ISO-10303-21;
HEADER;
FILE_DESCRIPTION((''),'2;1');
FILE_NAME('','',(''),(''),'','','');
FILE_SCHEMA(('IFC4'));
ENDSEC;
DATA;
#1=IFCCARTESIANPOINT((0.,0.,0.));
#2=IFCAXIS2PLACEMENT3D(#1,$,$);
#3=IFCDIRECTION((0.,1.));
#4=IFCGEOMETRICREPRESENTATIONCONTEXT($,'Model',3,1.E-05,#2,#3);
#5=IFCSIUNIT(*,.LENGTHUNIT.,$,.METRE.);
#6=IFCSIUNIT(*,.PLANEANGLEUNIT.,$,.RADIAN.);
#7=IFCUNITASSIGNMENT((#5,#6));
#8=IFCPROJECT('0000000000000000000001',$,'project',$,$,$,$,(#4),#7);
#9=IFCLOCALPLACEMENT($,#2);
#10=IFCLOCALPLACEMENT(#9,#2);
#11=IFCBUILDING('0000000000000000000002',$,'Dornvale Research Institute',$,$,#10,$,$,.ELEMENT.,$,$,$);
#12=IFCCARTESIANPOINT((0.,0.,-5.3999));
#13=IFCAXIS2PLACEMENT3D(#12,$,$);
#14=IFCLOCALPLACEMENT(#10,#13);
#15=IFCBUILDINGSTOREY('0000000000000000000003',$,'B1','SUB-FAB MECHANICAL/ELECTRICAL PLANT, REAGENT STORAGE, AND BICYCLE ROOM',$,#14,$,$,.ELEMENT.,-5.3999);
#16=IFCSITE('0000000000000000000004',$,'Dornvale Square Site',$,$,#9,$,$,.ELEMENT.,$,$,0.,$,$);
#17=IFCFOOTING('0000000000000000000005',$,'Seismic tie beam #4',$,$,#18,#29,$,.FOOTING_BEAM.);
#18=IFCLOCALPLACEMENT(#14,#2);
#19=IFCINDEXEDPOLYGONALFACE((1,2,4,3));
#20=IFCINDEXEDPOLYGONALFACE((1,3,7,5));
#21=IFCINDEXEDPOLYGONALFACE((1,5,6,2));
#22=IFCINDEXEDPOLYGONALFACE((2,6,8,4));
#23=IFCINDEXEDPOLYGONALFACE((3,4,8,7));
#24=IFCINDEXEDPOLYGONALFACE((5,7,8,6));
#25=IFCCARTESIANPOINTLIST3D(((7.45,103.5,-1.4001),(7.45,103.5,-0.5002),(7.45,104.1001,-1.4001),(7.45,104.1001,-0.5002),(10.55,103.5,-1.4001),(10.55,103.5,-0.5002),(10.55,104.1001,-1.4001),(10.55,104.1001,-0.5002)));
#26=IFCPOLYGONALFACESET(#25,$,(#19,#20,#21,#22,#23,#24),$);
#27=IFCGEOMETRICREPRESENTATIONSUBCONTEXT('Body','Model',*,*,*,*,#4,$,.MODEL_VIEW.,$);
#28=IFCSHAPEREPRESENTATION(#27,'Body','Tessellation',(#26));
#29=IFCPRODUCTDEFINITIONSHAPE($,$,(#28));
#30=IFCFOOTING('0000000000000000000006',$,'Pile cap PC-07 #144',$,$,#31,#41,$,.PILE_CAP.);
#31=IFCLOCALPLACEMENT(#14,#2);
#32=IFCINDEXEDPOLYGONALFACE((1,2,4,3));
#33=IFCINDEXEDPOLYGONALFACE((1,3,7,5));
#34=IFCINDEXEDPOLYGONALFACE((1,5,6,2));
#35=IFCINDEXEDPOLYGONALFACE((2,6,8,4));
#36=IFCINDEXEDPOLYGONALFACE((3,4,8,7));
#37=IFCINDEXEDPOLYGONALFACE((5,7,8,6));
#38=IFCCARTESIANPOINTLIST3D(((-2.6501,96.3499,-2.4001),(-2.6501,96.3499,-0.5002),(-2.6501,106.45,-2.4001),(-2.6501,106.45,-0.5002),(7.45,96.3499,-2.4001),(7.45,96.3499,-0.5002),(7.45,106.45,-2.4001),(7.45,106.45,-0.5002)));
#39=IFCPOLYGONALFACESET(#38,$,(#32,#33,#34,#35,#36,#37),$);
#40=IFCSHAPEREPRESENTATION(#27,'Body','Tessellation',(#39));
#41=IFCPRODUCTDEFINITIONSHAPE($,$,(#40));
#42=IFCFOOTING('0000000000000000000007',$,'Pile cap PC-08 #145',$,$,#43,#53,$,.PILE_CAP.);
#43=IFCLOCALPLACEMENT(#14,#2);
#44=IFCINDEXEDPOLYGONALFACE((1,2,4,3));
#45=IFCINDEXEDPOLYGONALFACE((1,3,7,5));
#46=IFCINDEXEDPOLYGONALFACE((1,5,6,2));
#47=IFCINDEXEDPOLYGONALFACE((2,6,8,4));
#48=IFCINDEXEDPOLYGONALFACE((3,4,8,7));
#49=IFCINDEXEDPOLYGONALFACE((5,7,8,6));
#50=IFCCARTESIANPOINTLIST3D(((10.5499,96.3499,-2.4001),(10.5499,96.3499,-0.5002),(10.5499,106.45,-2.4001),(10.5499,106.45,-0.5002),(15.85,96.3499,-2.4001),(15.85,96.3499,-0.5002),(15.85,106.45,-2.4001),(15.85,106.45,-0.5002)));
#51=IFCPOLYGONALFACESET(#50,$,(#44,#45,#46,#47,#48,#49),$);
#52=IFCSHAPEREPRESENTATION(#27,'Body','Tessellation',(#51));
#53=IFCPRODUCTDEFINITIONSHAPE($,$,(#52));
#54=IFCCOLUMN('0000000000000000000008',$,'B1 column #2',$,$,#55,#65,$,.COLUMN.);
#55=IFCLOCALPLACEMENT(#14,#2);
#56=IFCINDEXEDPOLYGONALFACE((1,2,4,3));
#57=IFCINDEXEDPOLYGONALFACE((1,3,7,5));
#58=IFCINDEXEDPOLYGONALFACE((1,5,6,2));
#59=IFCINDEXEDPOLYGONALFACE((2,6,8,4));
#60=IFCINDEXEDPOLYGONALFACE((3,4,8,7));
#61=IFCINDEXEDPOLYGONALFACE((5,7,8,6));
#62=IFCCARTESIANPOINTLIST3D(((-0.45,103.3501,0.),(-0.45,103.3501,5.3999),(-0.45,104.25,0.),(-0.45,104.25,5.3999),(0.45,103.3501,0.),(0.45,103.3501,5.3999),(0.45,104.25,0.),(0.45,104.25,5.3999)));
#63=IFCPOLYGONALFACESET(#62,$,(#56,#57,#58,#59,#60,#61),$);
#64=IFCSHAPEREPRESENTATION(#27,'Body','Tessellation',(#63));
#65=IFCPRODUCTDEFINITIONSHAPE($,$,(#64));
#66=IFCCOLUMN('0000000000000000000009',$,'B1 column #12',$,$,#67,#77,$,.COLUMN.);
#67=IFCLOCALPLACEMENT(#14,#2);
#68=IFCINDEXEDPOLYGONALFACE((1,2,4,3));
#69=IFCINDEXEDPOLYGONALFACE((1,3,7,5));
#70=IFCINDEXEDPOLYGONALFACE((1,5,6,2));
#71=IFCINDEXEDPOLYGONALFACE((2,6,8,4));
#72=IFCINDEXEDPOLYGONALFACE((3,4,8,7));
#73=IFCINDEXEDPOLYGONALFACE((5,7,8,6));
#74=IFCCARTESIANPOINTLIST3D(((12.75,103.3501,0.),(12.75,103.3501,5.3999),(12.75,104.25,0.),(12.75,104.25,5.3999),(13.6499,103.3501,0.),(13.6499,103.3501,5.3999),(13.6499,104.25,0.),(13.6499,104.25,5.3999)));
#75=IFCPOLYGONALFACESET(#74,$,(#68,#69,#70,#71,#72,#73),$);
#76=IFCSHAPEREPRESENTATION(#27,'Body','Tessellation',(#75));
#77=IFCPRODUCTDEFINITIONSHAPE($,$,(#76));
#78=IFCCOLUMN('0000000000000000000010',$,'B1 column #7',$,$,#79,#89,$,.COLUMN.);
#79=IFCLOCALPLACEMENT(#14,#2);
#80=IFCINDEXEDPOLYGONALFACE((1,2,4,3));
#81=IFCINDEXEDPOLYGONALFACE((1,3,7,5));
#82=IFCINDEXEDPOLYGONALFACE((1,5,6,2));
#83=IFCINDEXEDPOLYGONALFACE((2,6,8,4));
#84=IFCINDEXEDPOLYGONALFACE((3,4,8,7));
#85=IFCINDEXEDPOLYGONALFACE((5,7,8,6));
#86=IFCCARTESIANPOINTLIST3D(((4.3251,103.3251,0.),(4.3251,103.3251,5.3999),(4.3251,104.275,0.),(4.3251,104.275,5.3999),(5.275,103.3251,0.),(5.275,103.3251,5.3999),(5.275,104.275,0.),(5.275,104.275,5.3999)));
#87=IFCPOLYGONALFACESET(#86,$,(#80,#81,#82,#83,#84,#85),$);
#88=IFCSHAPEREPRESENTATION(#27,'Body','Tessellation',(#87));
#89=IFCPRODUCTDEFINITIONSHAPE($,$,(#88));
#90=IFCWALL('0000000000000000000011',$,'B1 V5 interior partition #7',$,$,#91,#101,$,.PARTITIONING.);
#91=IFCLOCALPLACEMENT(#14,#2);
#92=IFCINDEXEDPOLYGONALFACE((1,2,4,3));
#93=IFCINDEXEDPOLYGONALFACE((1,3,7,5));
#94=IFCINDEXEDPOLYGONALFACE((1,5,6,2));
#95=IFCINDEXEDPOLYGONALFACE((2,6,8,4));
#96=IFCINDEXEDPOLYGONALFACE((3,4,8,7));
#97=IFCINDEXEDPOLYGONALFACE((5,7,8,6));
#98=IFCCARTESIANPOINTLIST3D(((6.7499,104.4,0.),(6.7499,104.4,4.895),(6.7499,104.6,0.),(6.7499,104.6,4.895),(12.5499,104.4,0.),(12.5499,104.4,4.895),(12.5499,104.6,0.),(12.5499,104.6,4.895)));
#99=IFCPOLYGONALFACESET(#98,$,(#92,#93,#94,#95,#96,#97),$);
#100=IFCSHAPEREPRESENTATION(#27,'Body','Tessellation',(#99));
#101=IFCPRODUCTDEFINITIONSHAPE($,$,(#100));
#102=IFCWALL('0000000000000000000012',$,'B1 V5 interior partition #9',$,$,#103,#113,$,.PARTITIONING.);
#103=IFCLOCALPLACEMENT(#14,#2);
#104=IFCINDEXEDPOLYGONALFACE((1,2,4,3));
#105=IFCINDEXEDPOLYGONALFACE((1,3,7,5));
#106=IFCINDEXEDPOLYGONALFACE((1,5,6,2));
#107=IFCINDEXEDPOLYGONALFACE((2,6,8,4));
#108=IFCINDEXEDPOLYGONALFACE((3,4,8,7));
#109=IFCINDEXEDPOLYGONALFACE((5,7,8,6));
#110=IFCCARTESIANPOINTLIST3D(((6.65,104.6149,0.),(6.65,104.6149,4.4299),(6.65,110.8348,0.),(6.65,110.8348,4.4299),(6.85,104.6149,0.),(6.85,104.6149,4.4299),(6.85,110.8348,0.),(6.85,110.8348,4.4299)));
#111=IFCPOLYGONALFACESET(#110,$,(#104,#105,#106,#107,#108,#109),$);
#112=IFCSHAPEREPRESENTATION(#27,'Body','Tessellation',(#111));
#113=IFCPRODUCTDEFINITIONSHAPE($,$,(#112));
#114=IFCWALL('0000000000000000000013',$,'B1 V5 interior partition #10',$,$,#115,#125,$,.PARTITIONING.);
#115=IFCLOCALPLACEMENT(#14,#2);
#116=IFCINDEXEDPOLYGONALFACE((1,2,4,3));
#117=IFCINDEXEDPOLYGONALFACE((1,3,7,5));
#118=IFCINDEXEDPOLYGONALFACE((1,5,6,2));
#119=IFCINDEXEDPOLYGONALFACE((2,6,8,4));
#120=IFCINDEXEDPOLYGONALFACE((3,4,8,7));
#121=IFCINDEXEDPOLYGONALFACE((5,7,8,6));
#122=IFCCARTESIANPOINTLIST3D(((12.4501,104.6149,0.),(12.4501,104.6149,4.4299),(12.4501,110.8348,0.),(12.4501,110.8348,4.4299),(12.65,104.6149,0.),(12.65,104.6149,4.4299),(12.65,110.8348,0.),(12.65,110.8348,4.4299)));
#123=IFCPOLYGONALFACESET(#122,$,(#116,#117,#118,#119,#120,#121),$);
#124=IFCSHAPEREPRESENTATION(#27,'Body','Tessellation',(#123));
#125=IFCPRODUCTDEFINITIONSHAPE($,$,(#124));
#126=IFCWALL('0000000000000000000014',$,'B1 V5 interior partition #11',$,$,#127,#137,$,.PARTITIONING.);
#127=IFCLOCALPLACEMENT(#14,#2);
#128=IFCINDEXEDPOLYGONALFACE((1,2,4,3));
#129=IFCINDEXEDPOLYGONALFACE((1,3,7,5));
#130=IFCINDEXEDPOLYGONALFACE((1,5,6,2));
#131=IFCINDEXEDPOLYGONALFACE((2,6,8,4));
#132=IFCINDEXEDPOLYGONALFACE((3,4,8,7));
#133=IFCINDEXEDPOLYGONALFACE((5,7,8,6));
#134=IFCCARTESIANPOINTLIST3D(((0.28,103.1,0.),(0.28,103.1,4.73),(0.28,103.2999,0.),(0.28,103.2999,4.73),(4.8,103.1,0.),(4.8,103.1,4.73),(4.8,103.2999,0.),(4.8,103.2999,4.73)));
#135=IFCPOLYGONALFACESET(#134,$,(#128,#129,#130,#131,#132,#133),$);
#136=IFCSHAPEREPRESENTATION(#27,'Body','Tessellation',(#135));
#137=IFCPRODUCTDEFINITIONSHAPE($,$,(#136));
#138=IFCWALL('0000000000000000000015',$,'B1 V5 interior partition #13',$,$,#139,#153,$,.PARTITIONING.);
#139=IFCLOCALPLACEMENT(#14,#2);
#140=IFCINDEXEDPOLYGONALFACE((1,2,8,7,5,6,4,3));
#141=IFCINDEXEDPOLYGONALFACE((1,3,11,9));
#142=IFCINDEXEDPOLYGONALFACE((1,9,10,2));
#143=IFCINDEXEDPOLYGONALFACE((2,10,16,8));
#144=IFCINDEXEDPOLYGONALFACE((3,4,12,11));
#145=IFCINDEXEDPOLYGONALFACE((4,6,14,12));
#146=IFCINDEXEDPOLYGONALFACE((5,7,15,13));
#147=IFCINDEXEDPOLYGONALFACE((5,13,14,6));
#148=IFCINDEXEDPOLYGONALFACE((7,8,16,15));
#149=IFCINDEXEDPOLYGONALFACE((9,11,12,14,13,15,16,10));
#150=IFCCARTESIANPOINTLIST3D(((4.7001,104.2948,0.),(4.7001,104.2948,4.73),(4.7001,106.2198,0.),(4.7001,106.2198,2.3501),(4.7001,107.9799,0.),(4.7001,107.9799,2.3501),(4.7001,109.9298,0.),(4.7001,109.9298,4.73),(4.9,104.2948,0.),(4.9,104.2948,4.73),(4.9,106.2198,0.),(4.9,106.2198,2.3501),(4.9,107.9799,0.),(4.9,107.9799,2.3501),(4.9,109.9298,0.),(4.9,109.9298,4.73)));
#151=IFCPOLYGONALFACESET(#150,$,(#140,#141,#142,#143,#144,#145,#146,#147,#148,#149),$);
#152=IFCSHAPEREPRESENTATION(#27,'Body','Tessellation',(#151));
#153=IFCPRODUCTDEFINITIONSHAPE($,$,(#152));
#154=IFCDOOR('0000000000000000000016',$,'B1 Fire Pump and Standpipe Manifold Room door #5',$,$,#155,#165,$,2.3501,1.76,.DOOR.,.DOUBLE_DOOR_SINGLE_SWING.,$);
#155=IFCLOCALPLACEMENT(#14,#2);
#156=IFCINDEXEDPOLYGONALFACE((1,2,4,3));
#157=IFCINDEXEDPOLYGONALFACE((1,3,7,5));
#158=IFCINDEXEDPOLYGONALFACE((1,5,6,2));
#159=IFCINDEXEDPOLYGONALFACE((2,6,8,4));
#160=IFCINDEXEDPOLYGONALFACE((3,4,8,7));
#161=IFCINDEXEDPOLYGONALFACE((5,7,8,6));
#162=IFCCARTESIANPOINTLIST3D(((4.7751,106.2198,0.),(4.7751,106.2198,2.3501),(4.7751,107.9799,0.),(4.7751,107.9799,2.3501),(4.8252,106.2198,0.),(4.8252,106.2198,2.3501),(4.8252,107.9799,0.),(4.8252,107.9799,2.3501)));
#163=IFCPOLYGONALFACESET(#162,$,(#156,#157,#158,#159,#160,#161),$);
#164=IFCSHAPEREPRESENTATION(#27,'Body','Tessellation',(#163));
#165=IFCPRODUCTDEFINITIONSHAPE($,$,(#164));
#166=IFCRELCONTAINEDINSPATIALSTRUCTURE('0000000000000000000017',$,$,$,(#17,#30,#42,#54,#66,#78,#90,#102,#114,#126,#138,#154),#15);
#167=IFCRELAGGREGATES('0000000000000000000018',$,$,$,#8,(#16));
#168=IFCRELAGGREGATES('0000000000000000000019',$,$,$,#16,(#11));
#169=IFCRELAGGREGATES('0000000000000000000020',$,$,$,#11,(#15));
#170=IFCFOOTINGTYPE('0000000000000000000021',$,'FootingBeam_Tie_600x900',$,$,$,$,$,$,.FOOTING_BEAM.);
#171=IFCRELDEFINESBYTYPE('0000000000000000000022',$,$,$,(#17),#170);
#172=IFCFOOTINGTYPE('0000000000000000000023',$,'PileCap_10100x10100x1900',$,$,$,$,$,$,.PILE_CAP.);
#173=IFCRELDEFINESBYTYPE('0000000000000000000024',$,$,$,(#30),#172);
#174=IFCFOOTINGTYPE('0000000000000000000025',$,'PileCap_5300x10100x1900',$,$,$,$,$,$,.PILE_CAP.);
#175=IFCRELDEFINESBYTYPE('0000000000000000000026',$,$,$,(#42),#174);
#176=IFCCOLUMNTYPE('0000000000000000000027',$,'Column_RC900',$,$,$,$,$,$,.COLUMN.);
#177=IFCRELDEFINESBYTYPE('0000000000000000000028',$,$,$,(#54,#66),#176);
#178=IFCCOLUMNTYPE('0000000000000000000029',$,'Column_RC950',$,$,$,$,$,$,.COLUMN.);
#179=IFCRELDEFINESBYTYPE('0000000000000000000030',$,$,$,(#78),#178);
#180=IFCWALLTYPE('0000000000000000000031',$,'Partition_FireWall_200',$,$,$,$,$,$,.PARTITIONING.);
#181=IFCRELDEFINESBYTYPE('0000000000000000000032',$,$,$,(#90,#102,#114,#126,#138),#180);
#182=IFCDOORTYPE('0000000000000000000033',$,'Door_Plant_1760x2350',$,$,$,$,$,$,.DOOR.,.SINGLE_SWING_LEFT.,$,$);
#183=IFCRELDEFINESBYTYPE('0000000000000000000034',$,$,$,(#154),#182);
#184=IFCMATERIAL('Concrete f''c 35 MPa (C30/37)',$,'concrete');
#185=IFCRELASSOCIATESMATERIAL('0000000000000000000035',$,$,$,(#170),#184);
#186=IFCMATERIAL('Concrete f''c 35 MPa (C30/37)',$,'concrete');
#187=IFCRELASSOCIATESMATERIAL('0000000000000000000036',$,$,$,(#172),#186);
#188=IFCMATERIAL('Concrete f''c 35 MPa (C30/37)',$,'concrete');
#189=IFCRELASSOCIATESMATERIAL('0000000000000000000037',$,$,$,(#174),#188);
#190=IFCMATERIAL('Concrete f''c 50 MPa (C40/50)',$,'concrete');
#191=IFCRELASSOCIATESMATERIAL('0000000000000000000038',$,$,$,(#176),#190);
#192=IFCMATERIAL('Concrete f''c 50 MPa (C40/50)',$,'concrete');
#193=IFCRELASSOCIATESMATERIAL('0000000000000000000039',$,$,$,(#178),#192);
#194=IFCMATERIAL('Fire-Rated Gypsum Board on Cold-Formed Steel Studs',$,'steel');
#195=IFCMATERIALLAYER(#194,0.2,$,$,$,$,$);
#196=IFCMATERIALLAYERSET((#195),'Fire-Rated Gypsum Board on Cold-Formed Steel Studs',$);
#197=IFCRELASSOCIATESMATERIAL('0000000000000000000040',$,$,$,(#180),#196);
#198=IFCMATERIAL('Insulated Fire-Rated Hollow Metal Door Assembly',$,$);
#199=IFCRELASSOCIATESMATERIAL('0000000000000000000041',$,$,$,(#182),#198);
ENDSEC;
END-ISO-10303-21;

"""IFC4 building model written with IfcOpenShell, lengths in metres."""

from ifc_helpers import new_model, si_unit, direction, frame, frame_2d, origin, origin_2d, place, context, subcontext, project, spatial, rectangle, extrude, material, layer, layer_set, material_profile, profile_set, type_object, element, fill, save


model = new_model("IFC4")

# Units and contexts
model_context = context("Model", 3, precision=1e-05, world=origin(), true_north=direction((0.0, 1.0)))
body_context = subcontext(model_context, "Body", "Model", "MODEL_VIEW")
ifc_project = project(units=[si_unit("LENGTHUNIT", "METRE"), si_unit("PLANEANGLEUNIT", "RADIAN")], contexts=[model_context])

# Site, building, storey
site_placement = place(None, origin())
site = spatial("IfcSite", under=ifc_project, at=site_placement, Name="Dornvale Square Site", CompositionType="ELEMENT", RefElevation=0.0)
building_placement = place(site_placement, origin())
building = spatial("IfcBuilding", under=site, at=building_placement, Name="Dornvale Research Institute", CompositionType="ELEMENT")
storey_placement = place(building_placement, frame((0.0, 0.0, -5.3999)))
storey = spatial("IfcBuildingStorey", under=building, at=storey_placement, Name="B1", Description="SUB-FAB MECHANICAL/ELECTRICAL PLANT, REAGENT STORAGE, AND BICYCLE ROOM", CompositionType="ELEMENT", Elevation=-5.3999)

# Footings
ifc_material_1 = material(Name="Concrete f'c 35 MPa (C30/37)", Category="concrete")
footing_type_1 = type_object("IfcFootingType", Name="FootingBeam_Tie_600x900", PredefinedType="FOOTING_BEAM", material=ifc_material_1)
footing_1_placement = place(storey_placement, frame((9.0, 103.8, -1.4001), z_axis=(0.0, 0.0, 1.0), x_axis=(1.0, 0.0, 0.0)))
element("IfcFooting", 1, at=footing_1_placement, inside=storey, type_object=footing_type_1, Name="Seismic tie beam #4", PredefinedType="FOOTING_BEAM", context=body_context, shape_type="SweptSolid", body=[
    extrude(rectangle(XDim=3.1001, YDim=0.6001, at=origin_2d()), origin(), (0.0, 0.0, 1.0), 0.8999),
])
ifc_material_2 = material(Name="Concrete f'c 35 MPa (C30/37)", Category="concrete")
footing_type_2 = type_object("IfcFootingType", Name="PileCap_10100x10100x1900", PredefinedType="PILE_CAP", material=ifc_material_2)
footing_2_placement = place(storey_placement, frame((2.3999, 101.3999, -2.4001), z_axis=(0.0, 0.0, 1.0), x_axis=(1.0, 0.0, 0.0)))
element("IfcFooting", 2, at=footing_2_placement, inside=storey, type_object=footing_type_2, Name="Pile cap PC-07 #144", PredefinedType="PILE_CAP", context=body_context, shape_type="SweptSolid", body=[
    extrude(rectangle(XDim=10.1001, YDim=10.1001, at=origin_2d()), origin(), (0.0, 0.0, 1.0), 1.8999),
])
ifc_material_3 = material(Name="Concrete f'c 35 MPa (C30/37)", Category="concrete")
footing_type_3 = type_object("IfcFootingType", Name="PileCap_5300x10100x1900", PredefinedType="PILE_CAP", material=ifc_material_3)
footing_3_placement = place(storey_placement, frame((13.2, 101.3999, -2.4001), z_axis=(0.0, 0.0, 1.0), x_axis=(1.0, 0.0, 0.0)))
element("IfcFooting", 3, at=footing_3_placement, inside=storey, type_object=footing_type_3, Name="Pile cap PC-08 #145", PredefinedType="PILE_CAP", context=body_context, shape_type="SweptSolid", body=[
    extrude(rectangle(XDim=5.3, YDim=10.1001, at=origin_2d()), origin(), (0.0, 0.0, 1.0), 1.8999),
])

# Columns
ifc_material_4 = material(Name="Concrete f'c 50 MPa (C40/50)", Category="concrete")
ifc_material_profile_1 = material_profile(ifc_material_4, rectangle(XDim=0.8999, YDim=0.8999, at=origin_2d()), Name="RC 900x900")
ifc_profile_set_1 = profile_set([ifc_material_profile_1], Name="Concrete f'c 50 MPa (C40/50)")
column_type_1 = type_object("IfcColumnType", Name="Column_RC900", PredefinedType="COLUMN", material=ifc_profile_set_1)
for number, where, z_axis, x_axis, name in (
    (4, (0.0, 103.8, 0.0), (0.0, 0.0, 1.0), (1.0, 0.0, 0.0), "B1 column #2"),
    (5, (13.2, 103.8, 0.0), (0.0, 0.0, 1.0), (1.0, 0.0, 0.0), "B1 column #12"),
):
    element("IfcColumn", number, at=place(storey_placement, frame(where, z_axis=z_axis, x_axis=x_axis)), inside=storey, type_object=column_type_1, Name=name, PredefinedType="COLUMN", context=body_context, shape_type="SweptSolid", body=[
        extrude(rectangle(XDim=0.8999, YDim=0.8999, at=origin_2d()), origin(), (0.0, 0.0, 1.0), 5.3999),
    ])
ifc_material_5 = material(Name="Concrete f'c 50 MPa (C40/50)", Category="concrete")
ifc_material_profile_2 = material_profile(ifc_material_5, rectangle(XDim=0.95, YDim=0.95, at=origin_2d()), Name="RC 950x950")
ifc_profile_set_2 = profile_set([ifc_material_profile_2], Name="Concrete f'c 50 MPa (C40/50)")
column_type_2 = type_object("IfcColumnType", Name="Column_RC950", PredefinedType="COLUMN", material=ifc_profile_set_2)
column_placement = place(storey_placement, frame((4.8, 103.8, 0.0), z_axis=(0.0, 0.0, 1.0), x_axis=(1.0, 0.0, 0.0)))
element("IfcColumn", 6, at=column_placement, inside=storey, type_object=column_type_2, Name="B1 column #7", PredefinedType="COLUMN", context=body_context, shape_type="SweptSolid", body=[
    extrude(rectangle(XDim=0.95, YDim=0.95, at=origin_2d()), origin(), (0.0, 0.0, 1.0), 5.3999),
])

# Walls
ifc_material_6 = material(Name="Fire-Rated Gypsum Board on Cold-Formed Steel Studs", Category="steel")
ifc_layer_1 = layer(ifc_material_6, 0.2)
ifc_layer_set_1 = layer_set([ifc_layer_1], Name="Fire-Rated Gypsum Board on Cold-Formed Steel Studs")
wall_type_1 = type_object("IfcWallType", Name="Partition_FireWall_200", PredefinedType="PARTITIONING", material=ifc_layer_set_1)
wall_1_placement = place(storey_placement, frame((6.75, 104.5, 0.0), z_axis=(0.0, 0.0, 1.0), x_axis=(1.0, 0.0, 0.0)))
element("IfcWall", 7, at=wall_1_placement, inside=storey, type_object=wall_type_1, Name="B1 V5 interior partition #7", PredefinedType="PARTITIONING", context=body_context, shape_type="SweptSolid", body=[
    extrude(rectangle(XDim=5.8, YDim=0.2, at=frame_2d((2.8999, 0.0))), origin(), (0.0, 0.0, 1.0), 4.895),
])
for number, where, z_axis, x_axis, name in (
    (8, (6.75, 104.615, 0.0), (0.0, 0.0, 1.0), (0.0, 1.0, 0.0), "B1 V5 interior partition #9"),
    (9, (12.55, 104.615, 0.0), (0.0, 0.0, 1.0), (0.0, 1.0, 0.0), "B1 V5 interior partition #10"),
):
    element("IfcWall", number, at=place(storey_placement, frame(where, z_axis=z_axis, x_axis=x_axis)), inside=storey, type_object=wall_type_1, Name=name, PredefinedType="PARTITIONING", context=body_context, shape_type="SweptSolid", body=[
        extrude(rectangle(XDim=6.22, YDim=0.2, at=frame_2d((3.1099, 0.0))), origin(), (0.0, 0.0, 1.0), 4.4299),
    ])
wall_2_placement = place(storey_placement, frame((0.28, 103.2, 0.0), z_axis=(0.0, 0.0, 1.0), x_axis=(1.0, 0.0, 0.0)))
element("IfcWall", 10, at=wall_2_placement, inside=storey, type_object=wall_type_1, Name="B1 V5 interior partition #11", PredefinedType="PARTITIONING", context=body_context, shape_type="SweptSolid", body=[
    extrude(rectangle(XDim=4.52, YDim=0.2, at=frame_2d((2.26, 0.0))), origin(), (0.0, 0.0, 1.0), 4.73),
])

# Wall, opening, door
wall_3_placement = place(storey_placement, frame((4.8, 104.2949, 0.0), z_axis=(0.0, 0.0, 1.0), x_axis=(0.0, 1.0, 0.0)))
wall_3 = element("IfcWall", 11, at=wall_3_placement, inside=storey, type_object=wall_type_1, Name="B1 V5 interior partition #13", PredefinedType="PARTITIONING", context=body_context, shape_type="SweptSolid", body=[
    extrude(rectangle(XDim=5.635, YDim=0.2, at=frame_2d((2.8174, 0.0))), origin(), (0.0, 0.0, 1.0), 4.73),
])
opening_1_placement = place(wall_3_placement, frame((1.925, 0.0, 0.0)))
opening_1 = element("IfcOpeningElement", 12, at=opening_1_placement, cuts=wall_3, PredefinedType="OPENING", context=body_context, shape_type="SweptSolid", body=[
    extrude(rectangle(XDim=1.76, YDim=2.3501, at=frame_2d((0.8799, 1.175))), frame((0.0, 0.115, 0.0), z_axis=(0.0, -1.0, 0.0), x_axis=(1.0, 0.0, 0.0)), (0.0, 0.0, 1.0), 0.23),
])
ifc_material_7 = material(Name="Insulated Fire-Rated Hollow Metal Door Assembly")
door_type_1 = type_object("IfcDoorType", Name="Door_Plant_1760x2350", OperationType="SINGLE_SWING_LEFT", PredefinedType="DOOR", material=ifc_material_7)
door_1_placement = place(opening_1_placement, origin())
door_1 = element("IfcDoor", 13, at=door_1_placement, inside=storey, type_object=door_type_1, Name="B1 Fire Pump and Standpipe Manifold Room door #5", OperationType="DOUBLE_DOOR_SINGLE_SWING", OverallHeight=2.3501, OverallWidth=1.76, PredefinedType="DOOR", context=body_context, shape_type="SweptSolid", body=[
    extrude(rectangle(XDim=1.76, YDim=2.3501, at=frame_2d((0.8799, 1.175))), frame((0.0, 0.0249, 0.0), z_axis=(0.0, -1.0, 0.0), x_axis=(1.0, 0.0, 0.0)), (0.0, 0.0, 1.0), 0.05),
])
fill(opening_1, door_1)

save(model, "model.ifc")
